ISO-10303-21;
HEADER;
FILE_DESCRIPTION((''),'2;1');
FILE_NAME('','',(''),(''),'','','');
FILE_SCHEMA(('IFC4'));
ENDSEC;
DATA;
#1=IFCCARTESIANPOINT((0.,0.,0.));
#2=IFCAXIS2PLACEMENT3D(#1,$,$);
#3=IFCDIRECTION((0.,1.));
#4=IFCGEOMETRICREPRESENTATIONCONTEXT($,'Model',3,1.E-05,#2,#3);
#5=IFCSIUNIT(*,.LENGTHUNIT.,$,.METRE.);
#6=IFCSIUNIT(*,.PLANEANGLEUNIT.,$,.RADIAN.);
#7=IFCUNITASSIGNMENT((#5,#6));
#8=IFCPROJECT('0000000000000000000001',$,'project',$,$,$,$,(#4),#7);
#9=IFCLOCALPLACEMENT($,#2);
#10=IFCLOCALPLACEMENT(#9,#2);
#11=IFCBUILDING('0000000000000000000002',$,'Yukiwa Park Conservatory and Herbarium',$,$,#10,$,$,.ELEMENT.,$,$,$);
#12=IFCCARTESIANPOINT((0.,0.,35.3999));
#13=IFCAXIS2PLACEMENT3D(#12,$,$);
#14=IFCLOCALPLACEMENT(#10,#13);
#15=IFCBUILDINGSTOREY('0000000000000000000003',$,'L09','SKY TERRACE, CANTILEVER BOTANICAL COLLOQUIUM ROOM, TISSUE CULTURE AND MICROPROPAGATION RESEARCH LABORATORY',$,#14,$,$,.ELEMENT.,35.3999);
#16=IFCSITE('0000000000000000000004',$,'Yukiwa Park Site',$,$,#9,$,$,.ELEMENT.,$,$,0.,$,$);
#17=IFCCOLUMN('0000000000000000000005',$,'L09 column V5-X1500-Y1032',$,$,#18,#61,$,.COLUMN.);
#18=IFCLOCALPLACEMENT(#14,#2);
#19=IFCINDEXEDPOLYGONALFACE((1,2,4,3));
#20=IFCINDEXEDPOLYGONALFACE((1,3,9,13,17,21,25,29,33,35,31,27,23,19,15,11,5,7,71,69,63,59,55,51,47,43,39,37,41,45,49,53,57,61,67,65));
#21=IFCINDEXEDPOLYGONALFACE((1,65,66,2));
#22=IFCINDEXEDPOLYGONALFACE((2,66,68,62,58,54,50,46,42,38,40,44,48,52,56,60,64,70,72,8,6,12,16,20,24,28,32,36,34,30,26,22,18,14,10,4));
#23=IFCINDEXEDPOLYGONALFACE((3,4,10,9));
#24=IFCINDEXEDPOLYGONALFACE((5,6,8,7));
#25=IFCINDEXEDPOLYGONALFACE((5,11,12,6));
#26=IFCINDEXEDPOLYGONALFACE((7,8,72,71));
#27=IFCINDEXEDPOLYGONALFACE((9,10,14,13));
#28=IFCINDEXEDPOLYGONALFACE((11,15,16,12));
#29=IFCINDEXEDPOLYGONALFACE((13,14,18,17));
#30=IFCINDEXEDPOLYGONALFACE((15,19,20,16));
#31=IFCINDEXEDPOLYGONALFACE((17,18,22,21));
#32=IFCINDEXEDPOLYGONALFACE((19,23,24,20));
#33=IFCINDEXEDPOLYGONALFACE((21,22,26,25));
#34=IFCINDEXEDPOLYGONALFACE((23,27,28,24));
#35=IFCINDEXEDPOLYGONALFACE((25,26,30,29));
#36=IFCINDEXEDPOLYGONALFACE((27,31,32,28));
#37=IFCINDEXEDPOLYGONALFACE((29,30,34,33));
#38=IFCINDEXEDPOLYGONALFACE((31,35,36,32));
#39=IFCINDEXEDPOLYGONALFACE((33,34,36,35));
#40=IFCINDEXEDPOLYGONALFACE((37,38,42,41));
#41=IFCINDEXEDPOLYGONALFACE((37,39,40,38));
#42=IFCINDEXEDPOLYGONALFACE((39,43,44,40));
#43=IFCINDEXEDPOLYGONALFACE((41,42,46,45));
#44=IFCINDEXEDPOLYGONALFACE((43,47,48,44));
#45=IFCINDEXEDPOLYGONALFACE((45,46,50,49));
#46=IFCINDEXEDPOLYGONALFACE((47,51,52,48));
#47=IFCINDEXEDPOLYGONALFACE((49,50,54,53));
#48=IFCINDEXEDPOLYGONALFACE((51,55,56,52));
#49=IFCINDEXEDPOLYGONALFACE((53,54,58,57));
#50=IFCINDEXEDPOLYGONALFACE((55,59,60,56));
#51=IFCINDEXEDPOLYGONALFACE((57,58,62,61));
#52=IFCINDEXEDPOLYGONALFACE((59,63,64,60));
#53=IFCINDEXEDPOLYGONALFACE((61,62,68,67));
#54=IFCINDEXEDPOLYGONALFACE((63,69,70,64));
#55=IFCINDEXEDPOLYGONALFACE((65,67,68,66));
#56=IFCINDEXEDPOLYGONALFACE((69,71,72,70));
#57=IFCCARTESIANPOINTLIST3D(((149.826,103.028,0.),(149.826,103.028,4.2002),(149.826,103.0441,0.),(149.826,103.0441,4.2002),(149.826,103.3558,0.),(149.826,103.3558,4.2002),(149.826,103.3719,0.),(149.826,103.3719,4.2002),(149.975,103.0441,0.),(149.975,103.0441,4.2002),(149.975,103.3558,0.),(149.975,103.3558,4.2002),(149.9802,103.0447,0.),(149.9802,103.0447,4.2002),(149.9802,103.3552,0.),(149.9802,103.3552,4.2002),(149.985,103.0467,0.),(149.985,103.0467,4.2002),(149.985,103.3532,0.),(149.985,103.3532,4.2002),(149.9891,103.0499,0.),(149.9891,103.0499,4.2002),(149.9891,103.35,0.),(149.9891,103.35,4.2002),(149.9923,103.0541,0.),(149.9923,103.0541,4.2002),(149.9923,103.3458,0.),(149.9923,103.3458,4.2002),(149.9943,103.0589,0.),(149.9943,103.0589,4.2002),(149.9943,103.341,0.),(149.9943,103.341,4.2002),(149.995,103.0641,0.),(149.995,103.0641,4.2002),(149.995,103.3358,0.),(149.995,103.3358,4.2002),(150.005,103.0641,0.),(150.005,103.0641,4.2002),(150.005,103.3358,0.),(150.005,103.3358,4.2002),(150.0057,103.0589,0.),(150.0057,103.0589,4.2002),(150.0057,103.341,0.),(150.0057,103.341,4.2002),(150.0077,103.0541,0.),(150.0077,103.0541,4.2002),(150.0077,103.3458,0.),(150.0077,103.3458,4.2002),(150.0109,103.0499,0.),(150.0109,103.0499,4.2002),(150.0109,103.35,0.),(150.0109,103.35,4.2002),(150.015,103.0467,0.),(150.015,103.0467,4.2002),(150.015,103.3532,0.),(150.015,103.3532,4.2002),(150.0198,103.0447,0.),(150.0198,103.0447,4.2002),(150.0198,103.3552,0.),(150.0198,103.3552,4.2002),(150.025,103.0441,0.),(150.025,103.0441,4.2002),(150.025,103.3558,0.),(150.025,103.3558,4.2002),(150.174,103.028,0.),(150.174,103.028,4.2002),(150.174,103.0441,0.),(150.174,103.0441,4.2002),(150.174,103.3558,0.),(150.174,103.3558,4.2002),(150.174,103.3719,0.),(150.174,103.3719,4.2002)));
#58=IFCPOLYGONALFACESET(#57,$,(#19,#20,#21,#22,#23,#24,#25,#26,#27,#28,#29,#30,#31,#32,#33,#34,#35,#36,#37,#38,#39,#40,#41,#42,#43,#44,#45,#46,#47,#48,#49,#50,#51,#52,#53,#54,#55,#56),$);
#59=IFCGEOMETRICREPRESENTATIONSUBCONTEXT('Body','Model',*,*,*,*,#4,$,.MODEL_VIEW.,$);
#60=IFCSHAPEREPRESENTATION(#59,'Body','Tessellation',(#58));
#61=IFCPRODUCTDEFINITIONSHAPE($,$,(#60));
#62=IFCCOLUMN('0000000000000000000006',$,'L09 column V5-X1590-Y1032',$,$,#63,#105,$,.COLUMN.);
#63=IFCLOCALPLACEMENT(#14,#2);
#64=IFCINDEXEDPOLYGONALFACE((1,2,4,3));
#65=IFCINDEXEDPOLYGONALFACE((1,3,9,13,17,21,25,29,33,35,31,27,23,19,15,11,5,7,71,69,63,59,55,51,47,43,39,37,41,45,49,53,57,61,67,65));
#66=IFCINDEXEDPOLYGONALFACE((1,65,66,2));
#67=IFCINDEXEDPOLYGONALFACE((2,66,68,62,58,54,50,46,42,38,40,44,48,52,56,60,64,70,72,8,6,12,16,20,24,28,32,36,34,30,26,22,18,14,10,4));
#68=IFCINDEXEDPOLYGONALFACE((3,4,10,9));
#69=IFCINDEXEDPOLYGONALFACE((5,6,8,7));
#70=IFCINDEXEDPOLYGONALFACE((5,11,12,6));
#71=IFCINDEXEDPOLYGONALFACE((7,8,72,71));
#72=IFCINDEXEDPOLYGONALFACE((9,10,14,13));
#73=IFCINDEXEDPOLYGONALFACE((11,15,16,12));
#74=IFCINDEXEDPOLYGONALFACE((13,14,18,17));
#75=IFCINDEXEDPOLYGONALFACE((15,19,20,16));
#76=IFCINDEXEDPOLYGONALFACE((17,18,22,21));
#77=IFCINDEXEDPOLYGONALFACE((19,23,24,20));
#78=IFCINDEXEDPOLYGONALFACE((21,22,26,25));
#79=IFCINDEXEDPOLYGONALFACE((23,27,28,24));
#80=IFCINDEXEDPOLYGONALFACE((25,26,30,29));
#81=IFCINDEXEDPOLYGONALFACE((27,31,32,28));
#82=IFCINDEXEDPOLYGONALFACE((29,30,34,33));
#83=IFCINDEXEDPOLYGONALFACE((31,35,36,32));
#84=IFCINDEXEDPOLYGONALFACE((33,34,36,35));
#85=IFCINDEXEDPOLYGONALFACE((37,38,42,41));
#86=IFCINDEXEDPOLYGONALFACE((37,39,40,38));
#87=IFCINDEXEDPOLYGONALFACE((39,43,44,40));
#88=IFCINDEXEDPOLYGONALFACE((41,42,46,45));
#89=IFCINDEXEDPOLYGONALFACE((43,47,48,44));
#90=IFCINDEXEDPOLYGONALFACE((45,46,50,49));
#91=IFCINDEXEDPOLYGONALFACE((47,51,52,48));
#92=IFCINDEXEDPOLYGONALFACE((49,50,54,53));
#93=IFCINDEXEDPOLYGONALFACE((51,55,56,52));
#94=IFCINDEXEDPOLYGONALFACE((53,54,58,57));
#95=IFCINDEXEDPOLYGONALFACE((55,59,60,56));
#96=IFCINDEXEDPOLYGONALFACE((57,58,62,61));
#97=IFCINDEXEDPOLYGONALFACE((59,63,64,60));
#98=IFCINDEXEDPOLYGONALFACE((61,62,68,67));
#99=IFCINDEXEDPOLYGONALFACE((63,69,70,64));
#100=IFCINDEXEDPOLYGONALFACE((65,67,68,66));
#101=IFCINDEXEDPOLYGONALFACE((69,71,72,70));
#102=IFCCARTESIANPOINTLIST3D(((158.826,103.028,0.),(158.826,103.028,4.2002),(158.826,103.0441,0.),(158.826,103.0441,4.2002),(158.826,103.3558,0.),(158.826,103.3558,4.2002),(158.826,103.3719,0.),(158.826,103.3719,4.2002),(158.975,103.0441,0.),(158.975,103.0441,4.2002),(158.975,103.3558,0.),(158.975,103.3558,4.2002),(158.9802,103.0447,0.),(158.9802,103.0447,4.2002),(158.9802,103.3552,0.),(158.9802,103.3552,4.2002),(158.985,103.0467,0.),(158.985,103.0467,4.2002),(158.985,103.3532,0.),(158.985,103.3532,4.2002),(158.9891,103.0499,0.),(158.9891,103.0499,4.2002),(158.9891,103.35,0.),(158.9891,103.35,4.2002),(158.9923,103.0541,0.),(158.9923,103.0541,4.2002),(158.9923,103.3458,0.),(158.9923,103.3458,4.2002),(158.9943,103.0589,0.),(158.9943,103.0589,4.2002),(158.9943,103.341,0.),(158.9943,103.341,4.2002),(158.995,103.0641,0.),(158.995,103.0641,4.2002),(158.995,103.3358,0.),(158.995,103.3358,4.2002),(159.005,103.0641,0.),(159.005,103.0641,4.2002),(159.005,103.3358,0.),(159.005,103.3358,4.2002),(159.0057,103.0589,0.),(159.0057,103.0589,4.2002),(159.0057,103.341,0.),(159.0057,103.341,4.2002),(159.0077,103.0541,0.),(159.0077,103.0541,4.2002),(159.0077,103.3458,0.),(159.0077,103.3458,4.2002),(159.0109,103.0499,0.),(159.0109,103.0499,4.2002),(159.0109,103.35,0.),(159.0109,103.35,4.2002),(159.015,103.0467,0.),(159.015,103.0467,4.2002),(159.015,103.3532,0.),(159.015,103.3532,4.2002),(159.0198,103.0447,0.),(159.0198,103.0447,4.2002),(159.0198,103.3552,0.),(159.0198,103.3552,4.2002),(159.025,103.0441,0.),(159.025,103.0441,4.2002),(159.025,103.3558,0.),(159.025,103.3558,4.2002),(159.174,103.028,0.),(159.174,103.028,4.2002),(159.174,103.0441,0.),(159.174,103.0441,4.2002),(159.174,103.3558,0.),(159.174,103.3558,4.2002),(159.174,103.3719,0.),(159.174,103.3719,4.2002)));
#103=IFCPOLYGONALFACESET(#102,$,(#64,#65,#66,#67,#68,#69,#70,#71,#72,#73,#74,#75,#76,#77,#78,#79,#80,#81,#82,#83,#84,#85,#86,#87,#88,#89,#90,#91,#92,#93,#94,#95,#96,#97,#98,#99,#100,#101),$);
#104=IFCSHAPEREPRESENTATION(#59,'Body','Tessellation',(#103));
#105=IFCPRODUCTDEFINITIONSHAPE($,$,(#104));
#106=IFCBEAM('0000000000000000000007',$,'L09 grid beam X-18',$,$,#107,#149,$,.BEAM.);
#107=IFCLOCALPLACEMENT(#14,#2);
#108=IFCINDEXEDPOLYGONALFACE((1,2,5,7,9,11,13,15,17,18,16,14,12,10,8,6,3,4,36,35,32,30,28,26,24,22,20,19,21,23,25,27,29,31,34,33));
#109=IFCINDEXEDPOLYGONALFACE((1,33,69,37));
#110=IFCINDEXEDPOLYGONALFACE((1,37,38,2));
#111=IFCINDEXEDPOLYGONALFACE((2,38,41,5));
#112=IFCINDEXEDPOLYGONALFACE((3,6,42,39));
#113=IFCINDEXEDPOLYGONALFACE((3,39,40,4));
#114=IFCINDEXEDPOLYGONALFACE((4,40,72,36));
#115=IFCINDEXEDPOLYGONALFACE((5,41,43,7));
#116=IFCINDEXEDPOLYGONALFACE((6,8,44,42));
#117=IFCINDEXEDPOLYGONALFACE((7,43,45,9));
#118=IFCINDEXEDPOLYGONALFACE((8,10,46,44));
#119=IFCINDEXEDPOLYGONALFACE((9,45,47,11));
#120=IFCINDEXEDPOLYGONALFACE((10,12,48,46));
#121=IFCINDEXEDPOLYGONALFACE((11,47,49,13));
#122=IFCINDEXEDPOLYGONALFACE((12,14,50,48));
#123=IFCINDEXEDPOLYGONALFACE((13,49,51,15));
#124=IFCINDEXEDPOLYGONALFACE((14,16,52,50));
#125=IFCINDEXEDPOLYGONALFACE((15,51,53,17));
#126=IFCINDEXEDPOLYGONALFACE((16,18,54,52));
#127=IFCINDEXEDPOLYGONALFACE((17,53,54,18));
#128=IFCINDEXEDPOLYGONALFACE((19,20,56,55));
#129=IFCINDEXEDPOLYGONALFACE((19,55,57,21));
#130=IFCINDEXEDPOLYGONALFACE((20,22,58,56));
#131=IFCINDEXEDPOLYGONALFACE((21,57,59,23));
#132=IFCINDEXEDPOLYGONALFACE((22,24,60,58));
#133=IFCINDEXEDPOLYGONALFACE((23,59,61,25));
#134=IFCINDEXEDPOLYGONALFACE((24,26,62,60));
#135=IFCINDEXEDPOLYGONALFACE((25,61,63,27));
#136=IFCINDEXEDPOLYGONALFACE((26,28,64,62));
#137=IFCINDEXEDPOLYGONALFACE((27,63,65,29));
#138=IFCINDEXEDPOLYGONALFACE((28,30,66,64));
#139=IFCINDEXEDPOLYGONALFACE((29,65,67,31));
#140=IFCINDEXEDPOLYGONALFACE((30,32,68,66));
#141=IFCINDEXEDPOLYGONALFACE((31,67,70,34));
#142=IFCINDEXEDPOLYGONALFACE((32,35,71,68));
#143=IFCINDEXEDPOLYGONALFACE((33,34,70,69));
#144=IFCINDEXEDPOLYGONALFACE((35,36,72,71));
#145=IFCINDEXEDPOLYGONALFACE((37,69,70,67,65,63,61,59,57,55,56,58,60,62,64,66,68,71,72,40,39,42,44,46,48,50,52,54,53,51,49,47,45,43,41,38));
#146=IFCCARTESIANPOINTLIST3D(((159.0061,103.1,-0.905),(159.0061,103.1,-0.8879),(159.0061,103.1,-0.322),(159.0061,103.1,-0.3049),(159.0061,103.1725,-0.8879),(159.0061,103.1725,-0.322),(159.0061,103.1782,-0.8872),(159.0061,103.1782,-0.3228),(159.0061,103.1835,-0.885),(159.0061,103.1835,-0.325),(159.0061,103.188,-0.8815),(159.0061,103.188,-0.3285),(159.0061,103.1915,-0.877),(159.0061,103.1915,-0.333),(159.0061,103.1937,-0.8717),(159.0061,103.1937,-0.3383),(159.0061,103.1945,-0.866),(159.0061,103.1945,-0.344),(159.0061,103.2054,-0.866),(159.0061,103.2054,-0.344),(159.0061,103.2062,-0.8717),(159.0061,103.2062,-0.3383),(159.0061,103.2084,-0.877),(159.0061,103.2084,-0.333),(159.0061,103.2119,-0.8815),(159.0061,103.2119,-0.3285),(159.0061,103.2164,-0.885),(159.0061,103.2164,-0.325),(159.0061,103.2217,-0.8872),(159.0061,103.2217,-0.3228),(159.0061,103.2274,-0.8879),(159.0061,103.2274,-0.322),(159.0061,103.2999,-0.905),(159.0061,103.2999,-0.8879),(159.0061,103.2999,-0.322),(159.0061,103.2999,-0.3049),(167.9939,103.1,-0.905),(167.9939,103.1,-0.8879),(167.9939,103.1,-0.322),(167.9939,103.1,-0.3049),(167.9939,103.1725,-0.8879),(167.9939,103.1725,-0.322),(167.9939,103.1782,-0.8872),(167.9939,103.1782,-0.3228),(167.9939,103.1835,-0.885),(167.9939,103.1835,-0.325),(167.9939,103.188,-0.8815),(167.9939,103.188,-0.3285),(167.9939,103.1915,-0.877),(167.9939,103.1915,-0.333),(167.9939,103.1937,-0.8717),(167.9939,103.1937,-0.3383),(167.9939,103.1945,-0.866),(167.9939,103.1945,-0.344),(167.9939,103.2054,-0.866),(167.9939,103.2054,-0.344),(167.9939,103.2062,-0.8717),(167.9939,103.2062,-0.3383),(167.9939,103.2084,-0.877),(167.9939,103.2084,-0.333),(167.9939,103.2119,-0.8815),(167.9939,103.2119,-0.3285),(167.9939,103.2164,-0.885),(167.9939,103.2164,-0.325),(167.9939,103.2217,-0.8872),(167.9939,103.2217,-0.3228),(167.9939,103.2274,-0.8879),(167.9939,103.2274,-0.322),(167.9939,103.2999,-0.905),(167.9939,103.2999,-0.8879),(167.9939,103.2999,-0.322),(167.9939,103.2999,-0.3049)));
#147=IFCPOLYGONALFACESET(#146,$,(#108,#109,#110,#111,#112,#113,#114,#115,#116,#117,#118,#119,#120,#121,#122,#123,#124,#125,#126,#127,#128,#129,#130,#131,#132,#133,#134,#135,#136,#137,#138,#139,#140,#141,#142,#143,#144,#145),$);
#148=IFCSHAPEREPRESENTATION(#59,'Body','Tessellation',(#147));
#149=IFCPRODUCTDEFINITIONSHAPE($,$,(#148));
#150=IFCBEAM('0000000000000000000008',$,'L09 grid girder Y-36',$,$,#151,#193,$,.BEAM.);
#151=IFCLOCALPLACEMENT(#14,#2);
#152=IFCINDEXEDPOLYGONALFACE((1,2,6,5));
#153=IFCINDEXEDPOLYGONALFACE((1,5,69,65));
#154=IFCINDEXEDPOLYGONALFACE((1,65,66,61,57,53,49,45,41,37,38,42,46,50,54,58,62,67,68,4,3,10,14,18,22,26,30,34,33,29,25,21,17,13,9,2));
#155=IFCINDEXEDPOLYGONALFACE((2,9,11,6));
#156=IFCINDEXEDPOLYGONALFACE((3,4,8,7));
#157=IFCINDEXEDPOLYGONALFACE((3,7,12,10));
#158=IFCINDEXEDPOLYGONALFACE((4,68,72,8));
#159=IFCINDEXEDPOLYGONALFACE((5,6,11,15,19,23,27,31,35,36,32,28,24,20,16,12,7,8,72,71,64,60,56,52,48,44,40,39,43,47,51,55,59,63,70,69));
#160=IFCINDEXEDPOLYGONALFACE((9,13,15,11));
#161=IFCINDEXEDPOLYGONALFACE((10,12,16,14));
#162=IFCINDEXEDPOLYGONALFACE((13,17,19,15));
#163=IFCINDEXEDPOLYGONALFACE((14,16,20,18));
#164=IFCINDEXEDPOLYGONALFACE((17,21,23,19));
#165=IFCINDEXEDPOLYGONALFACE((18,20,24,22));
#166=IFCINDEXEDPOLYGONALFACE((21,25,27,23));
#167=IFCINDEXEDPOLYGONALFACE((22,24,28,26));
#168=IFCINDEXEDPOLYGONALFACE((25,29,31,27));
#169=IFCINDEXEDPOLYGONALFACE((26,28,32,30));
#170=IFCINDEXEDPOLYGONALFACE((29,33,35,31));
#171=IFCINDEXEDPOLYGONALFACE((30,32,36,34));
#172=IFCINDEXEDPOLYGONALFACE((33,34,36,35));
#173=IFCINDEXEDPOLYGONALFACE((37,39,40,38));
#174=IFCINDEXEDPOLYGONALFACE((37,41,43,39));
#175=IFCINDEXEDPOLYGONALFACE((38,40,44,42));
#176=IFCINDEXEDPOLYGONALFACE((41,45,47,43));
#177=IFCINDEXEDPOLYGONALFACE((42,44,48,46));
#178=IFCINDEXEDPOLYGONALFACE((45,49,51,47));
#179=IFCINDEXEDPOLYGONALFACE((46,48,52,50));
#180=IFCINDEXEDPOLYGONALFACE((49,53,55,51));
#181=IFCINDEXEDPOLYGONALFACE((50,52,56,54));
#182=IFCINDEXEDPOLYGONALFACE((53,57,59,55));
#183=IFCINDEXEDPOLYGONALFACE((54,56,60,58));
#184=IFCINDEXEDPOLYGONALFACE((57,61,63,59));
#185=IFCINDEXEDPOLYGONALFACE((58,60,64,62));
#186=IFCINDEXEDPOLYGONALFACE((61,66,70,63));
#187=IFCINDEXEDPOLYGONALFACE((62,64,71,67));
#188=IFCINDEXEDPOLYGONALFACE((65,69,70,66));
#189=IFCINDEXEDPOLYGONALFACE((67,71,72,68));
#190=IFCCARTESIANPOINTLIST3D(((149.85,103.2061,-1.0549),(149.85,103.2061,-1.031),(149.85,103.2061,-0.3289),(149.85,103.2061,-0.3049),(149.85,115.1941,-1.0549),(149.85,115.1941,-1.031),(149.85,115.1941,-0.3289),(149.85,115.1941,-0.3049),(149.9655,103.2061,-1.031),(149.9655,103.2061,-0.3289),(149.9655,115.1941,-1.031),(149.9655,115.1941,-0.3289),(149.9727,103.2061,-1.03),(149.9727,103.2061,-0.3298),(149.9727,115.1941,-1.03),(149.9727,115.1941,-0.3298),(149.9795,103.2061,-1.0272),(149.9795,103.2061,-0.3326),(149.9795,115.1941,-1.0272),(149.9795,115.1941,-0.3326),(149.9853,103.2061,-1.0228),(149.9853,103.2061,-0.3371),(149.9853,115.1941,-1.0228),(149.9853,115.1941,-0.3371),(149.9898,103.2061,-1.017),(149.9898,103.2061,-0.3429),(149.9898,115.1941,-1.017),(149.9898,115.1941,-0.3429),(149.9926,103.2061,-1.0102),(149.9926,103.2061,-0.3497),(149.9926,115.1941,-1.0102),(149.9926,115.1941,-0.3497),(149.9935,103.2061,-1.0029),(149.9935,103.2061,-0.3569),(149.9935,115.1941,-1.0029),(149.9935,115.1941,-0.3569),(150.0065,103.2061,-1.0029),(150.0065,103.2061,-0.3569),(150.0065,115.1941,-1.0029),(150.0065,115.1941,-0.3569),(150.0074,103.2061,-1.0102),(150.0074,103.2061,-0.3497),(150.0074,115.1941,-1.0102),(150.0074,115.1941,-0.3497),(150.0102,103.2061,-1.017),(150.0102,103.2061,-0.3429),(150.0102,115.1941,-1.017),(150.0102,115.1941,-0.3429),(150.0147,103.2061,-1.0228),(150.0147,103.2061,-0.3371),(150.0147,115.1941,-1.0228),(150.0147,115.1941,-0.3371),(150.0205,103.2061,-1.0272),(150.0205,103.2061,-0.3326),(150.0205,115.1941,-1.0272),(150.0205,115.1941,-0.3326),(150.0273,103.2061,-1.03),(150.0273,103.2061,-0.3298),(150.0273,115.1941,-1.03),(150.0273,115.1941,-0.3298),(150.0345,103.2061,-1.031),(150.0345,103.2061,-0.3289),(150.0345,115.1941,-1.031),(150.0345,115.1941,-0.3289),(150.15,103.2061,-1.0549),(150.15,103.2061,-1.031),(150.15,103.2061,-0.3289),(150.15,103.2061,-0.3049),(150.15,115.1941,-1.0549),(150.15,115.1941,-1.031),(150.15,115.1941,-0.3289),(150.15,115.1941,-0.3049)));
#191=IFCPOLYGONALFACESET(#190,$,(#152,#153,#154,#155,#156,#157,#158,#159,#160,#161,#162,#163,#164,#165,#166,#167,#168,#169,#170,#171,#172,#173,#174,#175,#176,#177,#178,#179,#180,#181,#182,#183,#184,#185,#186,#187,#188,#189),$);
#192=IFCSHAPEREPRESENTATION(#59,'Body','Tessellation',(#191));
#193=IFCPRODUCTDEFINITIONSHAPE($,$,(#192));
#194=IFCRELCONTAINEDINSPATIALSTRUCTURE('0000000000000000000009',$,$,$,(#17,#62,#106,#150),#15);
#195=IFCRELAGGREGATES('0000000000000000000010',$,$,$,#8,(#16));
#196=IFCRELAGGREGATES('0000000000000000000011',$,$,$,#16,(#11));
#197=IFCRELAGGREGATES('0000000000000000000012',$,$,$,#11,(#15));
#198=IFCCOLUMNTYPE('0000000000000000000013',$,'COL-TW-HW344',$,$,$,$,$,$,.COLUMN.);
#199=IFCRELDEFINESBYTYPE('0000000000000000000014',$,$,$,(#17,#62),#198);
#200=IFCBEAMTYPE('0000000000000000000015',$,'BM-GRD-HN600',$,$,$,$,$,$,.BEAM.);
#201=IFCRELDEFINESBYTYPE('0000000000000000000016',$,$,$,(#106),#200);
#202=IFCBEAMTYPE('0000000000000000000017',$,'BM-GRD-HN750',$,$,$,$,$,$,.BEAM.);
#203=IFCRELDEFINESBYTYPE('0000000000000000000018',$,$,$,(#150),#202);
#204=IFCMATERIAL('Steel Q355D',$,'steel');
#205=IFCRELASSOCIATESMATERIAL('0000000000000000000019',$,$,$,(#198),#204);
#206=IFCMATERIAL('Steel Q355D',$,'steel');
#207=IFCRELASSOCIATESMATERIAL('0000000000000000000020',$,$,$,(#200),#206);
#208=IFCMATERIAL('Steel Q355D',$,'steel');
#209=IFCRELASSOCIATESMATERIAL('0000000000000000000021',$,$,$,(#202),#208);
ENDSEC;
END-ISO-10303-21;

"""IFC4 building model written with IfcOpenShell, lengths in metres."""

from ifc_helpers import new_model, si_unit, direction, frame, origin, origin_2d, place, context, subcontext, project, spatial, i_section, extrude, material, material_profile, profile_set, type_object, element, save


model = new_model("IFC4")

# Units and contexts
model_context = context("Model", 3, precision=1e-05, world=origin(), true_north=direction((0.0, 1.0)))
body_context = subcontext(model_context, "Body", "Model", "MODEL_VIEW")
ifc_project = project(units=[si_unit("LENGTHUNIT", "METRE"), si_unit("PLANEANGLEUNIT", "RADIAN")], contexts=[model_context])

# Site, building, storey
site_placement = place(None, origin())
site = spatial("IfcSite", under=ifc_project, at=site_placement, Name="Yukiwa Park Site", CompositionType="ELEMENT", RefElevation=0.0)
building_placement = place(site_placement, origin())
building = spatial("IfcBuilding", under=site, at=building_placement, Name="Yukiwa Park Conservatory and Herbarium", CompositionType="ELEMENT")
storey_placement = place(building_placement, frame((0.0, 0.0, 35.3999)))
storey = spatial("IfcBuildingStorey", under=building, at=storey_placement, Name="L09", Description="SKY TERRACE, CANTILEVER BOTANICAL COLLOQUIUM ROOM, TISSUE CULTURE AND MICROPROPAGATION RESEARCH LABORATORY", CompositionType="ELEMENT", Elevation=35.3999)

# Columns
ifc_material_1 = material(Name="Steel Q355D", Category="steel")
ifc_material_profile_1 = material_profile(ifc_material_1, i_section(OverallWidth=0.3479, OverallDepth=0.344, WebThickness=0.01, FlangeThickness=0.0161, FilletRadius=0.02, at=origin_2d()), Name="HW 344x348x10x16")
ifc_profile_set_1 = profile_set([ifc_material_profile_1], Name="Steel Q355D")
column_type = type_object("IfcColumnType", Name="COL-TW-HW344", PredefinedType="COLUMN", material=ifc_profile_set_1)
for number, where, z_axis, x_axis, name in (
    (1, (150.0, 103.2, 0.0), (0.0, 0.0, 1.0), (1.0, 0.0, 0.0), "L09 column V5-X1500-Y1032"),
    (2, (159.0, 103.2, 0.0), (0.0, 0.0, 1.0), (1.0, 0.0, 0.0), "L09 column V5-X1590-Y1032"),
):
    element("IfcColumn", number, at=place(storey_placement, frame(where, z_axis=z_axis, x_axis=x_axis)), inside=storey, type_object=column_type, Name=name, PredefinedType="COLUMN", context=body_context, shape_type="SweptSolid", body=[
        extrude(i_section(OverallWidth=0.3479, OverallDepth=0.344, WebThickness=0.01, FlangeThickness=0.0161, FilletRadius=0.02, at=origin_2d()), origin(), (0.0, 0.0, 1.0), 4.2002),
    ])

# Beams
ifc_material_2 = material(Name="Steel Q355D", Category="steel")
ifc_material_profile_2 = material_profile(ifc_material_2, i_section(OverallWidth=0.2, OverallDepth=0.6001, WebThickness=0.011, FlangeThickness=0.0171, FilletRadius=0.022, at=origin_2d()), Name="HN 600x200x11x17")
ifc_profile_set_2 = profile_set([ifc_material_profile_2], Name="Steel Q355D")
beam_type_1 = type_object("IfcBeamType", Name="BM-GRD-HN600", PredefinedType="BEAM", material=ifc_profile_set_2)
beam_1_placement = place(storey_placement, frame((159.0061, 103.2, -0.605), z_axis=(1.0, 0.0, 0.0), x_axis=(0.0, 1.0, 0.0)))
element("IfcBeam", 3, at=beam_1_placement, inside=storey, type_object=beam_type_1, Name="L09 grid beam X-18", PredefinedType="BEAM", context=body_context, shape_type="SweptSolid", body=[
    extrude(i_section(OverallWidth=0.2, OverallDepth=0.6001, WebThickness=0.011, FlangeThickness=0.0171, FilletRadius=0.022, at=origin_2d()), origin(), (0.0, 0.0, 1.0), 8.9878),
])
ifc_material_3 = material(Name="Steel Q355D", Category="steel")
ifc_material_profile_3 = material_profile(ifc_material_3, i_section(OverallWidth=0.3, OverallDepth=0.75, WebThickness=0.0129, FlangeThickness=0.0239, FilletRadius=0.0281, at=origin_2d()), Name="HN 750x300x13x24")
ifc_profile_set_3 = profile_set([ifc_material_profile_3], Name="Steel Q355D")
beam_type_2 = type_object("IfcBeamType", Name="BM-GRD-HN750", PredefinedType="BEAM", material=ifc_profile_set_3)
for number, where, z_axis, x_axis, name in (
    (4, (150.0, 103.2061, -0.6799), (0.0, 1.0, 0.0), (-1.0, 0.0, 0.0), "L09 grid girder Y-36"),
):
    element("IfcBeam", number, at=place(storey_placement, frame(where, z_axis=z_axis, x_axis=x_axis)), inside=storey, type_object=beam_type_2, Name=name, PredefinedType="BEAM", context=body_context, shape_type="SweptSolid", body=[
        extrude(i_section(OverallWidth=0.3, OverallDepth=0.75, WebThickness=0.0129, FlangeThickness=0.0239, FilletRadius=0.0281, at=origin_2d()), origin(), (0.0, 0.0, 1.0), 11.988),
    ])

save(model, "model.ifc")
